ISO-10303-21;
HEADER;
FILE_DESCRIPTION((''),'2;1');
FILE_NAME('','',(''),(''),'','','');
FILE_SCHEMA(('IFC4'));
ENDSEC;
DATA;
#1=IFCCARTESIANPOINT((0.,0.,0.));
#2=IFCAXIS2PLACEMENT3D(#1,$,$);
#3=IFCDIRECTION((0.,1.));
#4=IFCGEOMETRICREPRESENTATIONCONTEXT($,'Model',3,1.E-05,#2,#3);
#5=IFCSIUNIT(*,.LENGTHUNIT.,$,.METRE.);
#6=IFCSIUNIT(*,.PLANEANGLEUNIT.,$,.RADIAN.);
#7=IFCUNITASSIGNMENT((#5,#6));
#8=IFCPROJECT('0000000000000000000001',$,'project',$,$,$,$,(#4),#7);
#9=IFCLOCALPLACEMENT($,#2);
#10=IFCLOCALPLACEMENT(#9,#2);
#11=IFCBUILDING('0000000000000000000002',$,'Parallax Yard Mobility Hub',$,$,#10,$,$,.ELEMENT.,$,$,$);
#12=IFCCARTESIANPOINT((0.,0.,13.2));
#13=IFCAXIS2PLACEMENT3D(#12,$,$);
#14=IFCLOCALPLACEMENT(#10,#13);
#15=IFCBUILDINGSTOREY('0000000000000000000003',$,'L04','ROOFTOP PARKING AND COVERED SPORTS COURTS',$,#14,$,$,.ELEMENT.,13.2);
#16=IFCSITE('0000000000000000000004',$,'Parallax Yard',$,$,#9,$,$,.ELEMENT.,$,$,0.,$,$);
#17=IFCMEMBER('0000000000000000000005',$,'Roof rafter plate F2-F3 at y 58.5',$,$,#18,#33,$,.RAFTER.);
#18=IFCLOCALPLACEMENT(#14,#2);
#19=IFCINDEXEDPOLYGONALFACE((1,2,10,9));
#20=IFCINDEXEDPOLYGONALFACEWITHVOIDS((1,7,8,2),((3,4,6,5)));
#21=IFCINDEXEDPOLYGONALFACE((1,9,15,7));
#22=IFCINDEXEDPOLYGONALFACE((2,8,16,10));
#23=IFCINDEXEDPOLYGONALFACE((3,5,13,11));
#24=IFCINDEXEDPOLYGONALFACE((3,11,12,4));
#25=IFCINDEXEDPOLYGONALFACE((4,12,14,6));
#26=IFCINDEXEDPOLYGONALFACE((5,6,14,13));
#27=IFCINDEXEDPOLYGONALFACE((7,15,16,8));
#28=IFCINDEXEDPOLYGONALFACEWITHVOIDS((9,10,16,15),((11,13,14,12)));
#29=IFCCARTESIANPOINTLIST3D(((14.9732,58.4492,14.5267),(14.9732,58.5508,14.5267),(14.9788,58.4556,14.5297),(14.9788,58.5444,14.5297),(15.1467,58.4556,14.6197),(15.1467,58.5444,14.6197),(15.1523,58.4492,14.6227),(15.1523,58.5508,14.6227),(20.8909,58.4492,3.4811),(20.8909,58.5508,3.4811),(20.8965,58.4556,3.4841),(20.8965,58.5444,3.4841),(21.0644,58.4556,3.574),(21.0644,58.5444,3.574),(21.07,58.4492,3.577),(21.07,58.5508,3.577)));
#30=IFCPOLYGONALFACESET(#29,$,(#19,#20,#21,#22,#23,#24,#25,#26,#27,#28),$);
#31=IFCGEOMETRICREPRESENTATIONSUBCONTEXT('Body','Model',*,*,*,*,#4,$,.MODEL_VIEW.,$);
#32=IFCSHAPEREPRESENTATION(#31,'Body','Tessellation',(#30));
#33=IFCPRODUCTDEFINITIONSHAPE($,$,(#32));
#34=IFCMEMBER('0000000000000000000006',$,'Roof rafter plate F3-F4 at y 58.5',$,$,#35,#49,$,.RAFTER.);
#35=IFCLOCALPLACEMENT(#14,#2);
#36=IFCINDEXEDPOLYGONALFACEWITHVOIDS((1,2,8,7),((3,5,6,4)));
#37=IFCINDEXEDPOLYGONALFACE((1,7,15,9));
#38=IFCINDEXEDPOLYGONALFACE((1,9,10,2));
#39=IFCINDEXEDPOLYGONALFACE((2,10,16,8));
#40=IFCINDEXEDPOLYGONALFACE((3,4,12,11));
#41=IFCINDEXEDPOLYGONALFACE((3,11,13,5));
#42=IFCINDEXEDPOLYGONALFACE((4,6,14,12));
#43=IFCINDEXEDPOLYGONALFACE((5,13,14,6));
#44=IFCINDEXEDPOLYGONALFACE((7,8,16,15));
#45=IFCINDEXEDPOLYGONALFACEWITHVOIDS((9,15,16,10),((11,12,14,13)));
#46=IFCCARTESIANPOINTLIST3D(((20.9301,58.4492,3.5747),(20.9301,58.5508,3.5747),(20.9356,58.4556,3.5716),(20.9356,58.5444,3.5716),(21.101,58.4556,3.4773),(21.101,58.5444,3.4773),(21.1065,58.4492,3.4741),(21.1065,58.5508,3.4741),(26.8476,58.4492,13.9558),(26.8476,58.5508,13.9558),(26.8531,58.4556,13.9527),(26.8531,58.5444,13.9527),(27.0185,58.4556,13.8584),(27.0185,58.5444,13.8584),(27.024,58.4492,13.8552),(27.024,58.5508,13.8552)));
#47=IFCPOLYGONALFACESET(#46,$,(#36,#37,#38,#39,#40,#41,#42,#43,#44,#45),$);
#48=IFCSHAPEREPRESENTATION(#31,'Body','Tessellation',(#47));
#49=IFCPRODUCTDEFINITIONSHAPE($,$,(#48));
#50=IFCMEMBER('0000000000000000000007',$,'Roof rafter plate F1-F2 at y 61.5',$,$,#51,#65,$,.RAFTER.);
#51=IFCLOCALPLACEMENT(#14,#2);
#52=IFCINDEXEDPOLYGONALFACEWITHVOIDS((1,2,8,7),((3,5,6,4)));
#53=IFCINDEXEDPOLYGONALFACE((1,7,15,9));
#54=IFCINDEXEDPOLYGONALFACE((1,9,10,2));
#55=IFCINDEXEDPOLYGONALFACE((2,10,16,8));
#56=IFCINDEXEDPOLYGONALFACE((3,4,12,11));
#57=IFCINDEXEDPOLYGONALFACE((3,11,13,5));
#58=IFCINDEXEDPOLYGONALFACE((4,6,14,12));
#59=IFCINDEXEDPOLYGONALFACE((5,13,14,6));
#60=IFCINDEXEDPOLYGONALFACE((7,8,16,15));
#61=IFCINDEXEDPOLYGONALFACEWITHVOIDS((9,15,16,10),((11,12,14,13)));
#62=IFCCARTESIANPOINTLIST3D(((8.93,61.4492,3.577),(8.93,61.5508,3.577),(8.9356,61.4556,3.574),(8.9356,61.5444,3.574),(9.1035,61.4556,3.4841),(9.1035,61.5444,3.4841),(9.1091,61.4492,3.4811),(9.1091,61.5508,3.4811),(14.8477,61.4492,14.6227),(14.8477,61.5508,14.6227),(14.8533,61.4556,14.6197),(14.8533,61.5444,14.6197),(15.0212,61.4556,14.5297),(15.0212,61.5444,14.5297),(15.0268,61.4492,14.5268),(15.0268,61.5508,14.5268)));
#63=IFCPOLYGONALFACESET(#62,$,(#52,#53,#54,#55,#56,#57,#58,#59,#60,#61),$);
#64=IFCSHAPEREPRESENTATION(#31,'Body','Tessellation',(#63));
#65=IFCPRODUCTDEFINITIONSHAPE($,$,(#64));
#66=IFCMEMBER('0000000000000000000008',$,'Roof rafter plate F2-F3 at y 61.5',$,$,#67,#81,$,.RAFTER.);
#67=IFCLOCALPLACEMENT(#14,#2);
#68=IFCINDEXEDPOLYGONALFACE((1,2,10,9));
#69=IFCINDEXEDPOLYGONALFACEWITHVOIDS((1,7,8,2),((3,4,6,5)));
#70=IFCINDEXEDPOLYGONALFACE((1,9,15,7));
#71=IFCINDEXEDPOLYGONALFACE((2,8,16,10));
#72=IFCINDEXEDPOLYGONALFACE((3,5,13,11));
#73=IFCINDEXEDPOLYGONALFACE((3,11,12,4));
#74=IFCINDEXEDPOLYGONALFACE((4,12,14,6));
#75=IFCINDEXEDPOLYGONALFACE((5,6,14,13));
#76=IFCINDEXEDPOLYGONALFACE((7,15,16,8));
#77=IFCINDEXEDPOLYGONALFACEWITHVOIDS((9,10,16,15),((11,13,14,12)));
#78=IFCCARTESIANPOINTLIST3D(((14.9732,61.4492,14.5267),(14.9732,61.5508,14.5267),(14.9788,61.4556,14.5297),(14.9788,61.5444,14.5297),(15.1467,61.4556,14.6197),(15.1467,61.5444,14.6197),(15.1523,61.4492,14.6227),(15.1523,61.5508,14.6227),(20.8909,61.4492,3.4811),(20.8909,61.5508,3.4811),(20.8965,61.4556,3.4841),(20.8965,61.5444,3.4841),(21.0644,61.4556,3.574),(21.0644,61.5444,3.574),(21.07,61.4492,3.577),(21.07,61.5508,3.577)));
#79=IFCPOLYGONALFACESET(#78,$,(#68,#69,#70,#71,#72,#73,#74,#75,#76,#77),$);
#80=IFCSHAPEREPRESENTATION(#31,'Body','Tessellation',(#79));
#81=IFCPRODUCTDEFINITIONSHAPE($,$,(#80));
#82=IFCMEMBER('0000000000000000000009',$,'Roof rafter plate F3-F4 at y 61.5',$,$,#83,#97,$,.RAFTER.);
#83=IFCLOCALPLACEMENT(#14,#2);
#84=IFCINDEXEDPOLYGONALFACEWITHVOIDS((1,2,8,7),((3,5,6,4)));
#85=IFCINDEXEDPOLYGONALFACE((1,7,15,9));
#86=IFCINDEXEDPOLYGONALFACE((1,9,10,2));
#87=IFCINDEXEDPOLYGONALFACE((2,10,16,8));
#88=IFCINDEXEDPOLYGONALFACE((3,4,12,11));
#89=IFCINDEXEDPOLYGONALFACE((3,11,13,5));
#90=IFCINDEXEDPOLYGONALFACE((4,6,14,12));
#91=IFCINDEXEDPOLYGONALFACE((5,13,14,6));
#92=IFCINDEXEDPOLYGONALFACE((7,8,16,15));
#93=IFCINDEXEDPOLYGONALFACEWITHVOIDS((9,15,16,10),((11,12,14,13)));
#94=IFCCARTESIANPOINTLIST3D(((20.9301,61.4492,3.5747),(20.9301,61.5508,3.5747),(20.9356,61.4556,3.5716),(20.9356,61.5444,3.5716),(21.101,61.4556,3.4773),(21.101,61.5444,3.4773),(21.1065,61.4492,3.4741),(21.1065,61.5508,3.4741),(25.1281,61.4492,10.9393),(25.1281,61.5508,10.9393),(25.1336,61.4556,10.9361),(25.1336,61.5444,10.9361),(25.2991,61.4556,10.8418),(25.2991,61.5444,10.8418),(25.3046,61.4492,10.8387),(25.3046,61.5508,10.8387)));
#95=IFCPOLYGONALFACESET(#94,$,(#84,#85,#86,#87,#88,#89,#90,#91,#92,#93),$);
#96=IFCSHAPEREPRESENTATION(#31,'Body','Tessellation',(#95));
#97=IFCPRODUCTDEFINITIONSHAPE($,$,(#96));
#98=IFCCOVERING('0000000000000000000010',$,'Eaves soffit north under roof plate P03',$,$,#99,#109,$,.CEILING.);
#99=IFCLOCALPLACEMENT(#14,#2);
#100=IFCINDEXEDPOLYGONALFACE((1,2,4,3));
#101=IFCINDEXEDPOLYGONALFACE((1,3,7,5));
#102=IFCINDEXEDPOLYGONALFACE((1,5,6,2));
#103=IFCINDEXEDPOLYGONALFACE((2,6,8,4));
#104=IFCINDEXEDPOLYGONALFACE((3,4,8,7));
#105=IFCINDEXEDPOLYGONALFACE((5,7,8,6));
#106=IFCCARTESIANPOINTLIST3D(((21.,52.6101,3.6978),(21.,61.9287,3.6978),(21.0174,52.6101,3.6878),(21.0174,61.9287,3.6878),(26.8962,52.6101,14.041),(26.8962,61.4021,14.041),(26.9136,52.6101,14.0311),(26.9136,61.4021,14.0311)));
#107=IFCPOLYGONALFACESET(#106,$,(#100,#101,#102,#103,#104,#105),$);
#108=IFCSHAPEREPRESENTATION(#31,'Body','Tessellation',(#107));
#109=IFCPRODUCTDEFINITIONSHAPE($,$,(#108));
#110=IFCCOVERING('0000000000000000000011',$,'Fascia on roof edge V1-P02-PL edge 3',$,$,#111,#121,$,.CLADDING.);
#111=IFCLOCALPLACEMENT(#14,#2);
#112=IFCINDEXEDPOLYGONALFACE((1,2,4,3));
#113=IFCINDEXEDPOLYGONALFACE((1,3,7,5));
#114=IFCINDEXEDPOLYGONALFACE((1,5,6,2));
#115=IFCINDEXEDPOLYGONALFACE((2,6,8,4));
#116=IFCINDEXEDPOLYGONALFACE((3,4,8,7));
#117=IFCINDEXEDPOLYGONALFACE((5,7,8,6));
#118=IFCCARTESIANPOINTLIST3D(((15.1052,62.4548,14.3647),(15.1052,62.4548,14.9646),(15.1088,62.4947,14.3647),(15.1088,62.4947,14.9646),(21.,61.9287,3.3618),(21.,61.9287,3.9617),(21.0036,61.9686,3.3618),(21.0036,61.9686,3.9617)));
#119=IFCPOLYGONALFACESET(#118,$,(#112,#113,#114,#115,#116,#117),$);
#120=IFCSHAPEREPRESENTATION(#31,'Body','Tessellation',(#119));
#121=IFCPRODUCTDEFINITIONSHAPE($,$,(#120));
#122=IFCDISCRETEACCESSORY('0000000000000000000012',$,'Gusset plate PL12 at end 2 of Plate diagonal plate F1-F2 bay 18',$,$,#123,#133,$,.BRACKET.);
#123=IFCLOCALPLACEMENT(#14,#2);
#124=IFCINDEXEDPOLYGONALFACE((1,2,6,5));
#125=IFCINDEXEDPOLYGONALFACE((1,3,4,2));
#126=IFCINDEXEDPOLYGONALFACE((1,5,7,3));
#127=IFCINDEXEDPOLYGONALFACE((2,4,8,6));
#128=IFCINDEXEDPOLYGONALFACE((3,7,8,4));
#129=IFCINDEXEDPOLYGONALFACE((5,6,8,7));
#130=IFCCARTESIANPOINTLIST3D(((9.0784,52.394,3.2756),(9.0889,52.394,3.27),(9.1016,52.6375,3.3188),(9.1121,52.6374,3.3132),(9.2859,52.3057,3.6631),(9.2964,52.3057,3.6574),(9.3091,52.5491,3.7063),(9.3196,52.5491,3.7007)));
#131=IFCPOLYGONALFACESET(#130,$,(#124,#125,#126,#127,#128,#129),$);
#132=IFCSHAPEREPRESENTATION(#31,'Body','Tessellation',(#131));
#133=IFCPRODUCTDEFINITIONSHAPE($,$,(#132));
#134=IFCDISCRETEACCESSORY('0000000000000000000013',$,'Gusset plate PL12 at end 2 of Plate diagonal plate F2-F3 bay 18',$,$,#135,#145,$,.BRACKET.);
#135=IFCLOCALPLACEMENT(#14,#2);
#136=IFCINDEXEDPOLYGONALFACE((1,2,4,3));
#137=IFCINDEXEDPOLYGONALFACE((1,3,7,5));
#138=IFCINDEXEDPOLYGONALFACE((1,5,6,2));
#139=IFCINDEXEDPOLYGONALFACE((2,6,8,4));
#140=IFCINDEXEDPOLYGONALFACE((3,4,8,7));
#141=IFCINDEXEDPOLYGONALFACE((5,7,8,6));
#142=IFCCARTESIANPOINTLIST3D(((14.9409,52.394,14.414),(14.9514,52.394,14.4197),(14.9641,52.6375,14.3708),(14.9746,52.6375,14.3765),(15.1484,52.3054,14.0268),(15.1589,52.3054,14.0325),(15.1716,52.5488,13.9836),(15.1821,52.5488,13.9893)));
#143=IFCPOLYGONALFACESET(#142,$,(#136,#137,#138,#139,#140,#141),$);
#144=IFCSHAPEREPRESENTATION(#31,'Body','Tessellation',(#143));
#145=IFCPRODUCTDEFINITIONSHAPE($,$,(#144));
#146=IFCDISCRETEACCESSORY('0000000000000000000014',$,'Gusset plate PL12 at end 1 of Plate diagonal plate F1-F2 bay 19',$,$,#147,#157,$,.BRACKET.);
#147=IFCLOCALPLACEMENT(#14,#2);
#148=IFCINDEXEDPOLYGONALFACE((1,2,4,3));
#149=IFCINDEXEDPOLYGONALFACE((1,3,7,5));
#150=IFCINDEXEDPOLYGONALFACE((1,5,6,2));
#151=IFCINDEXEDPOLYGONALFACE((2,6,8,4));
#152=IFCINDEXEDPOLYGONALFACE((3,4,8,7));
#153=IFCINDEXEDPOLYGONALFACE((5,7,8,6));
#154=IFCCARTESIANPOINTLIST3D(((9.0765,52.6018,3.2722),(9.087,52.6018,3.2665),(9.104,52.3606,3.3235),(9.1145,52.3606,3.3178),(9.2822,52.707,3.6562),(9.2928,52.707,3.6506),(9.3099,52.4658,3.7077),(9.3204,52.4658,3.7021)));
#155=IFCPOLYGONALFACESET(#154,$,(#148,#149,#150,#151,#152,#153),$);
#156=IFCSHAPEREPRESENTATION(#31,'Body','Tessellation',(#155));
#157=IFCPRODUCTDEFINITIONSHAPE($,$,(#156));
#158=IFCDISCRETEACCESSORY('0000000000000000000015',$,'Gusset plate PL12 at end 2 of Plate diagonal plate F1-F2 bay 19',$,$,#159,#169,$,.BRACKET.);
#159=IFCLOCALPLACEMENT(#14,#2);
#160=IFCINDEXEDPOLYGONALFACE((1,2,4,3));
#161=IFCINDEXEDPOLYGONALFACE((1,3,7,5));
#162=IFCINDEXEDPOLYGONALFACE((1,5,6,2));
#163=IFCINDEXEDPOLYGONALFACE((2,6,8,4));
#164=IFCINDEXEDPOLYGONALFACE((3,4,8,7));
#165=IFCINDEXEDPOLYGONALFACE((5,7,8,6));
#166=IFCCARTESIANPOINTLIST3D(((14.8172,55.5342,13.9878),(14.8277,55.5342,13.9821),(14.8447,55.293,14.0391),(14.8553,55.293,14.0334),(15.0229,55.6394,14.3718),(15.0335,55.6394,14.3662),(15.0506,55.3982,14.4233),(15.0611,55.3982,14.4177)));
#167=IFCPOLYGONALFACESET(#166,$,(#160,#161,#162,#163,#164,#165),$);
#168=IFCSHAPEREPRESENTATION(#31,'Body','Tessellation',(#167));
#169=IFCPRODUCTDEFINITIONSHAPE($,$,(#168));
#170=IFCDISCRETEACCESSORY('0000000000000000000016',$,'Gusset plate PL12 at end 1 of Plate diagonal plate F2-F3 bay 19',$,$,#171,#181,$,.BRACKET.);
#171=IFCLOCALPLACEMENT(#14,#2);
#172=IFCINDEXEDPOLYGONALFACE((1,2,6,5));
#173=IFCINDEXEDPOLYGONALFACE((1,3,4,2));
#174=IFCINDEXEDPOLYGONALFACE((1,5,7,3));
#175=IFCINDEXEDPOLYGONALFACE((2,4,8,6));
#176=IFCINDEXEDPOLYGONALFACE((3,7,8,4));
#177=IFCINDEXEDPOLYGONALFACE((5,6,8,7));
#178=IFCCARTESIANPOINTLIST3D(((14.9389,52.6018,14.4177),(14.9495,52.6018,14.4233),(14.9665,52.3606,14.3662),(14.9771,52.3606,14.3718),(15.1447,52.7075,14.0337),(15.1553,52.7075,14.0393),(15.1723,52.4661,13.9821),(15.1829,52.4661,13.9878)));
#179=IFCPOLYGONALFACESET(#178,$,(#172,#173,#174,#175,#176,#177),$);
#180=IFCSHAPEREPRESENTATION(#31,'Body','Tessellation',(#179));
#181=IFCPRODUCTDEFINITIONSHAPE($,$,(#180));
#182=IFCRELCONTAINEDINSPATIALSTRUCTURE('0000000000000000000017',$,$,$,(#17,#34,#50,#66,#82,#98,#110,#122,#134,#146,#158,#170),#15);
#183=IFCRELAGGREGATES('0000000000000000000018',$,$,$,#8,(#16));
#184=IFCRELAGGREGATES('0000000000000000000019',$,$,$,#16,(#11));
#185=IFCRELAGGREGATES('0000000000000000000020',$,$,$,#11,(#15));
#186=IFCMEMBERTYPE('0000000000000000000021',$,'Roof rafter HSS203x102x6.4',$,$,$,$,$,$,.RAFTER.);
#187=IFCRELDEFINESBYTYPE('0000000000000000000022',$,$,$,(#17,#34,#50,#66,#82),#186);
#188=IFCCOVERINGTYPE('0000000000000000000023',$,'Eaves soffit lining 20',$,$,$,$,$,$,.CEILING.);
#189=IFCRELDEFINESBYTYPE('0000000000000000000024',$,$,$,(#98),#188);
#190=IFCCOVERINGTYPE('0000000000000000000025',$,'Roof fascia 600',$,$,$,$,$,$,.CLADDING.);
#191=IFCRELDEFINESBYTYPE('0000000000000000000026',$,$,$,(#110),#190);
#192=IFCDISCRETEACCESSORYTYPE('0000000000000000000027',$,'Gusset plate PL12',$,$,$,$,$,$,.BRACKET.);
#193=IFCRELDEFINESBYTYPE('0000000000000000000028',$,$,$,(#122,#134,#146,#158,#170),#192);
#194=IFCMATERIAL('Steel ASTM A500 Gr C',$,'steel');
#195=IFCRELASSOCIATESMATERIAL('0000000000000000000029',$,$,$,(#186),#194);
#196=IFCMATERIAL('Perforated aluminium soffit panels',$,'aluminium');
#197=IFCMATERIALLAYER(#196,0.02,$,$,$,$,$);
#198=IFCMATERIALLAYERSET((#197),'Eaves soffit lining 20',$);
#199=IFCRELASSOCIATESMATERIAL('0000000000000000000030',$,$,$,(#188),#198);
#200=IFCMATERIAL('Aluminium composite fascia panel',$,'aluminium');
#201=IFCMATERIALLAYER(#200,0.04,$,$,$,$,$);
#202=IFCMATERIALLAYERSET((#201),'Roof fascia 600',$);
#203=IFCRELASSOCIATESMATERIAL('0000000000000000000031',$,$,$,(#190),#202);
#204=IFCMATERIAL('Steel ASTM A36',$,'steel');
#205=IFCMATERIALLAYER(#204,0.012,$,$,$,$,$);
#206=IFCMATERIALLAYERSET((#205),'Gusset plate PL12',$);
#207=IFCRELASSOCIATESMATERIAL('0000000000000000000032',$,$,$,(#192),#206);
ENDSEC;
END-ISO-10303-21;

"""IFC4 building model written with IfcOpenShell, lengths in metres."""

from ifc_helpers import new_model, si_unit, direction, frame, origin, origin_2d, place, context, subcontext, project, spatial, polyline, hollow_rectangle, outline, extrude, material, layer, layer_set, material_profile, profile_set, type_object, element, save


model = new_model("IFC4")

# Units and contexts
model_context = context("Model", 3, precision=1e-05, world=origin(), true_north=direction((0.0, 1.0)))
body_context = subcontext(model_context, "Body", "Model", "MODEL_VIEW")
ifc_project = project(units=[si_unit("LENGTHUNIT", "METRE"), si_unit("PLANEANGLEUNIT", "RADIAN")], contexts=[model_context])

# Site, building, storey
site_placement = place(None, origin())
site = spatial("IfcSite", under=ifc_project, at=site_placement, Name="Parallax Yard", CompositionType="ELEMENT", RefElevation=0.0)
building_placement = place(site_placement, origin())
building = spatial("IfcBuilding", under=site, at=building_placement, Name="Parallax Yard Mobility Hub", CompositionType="ELEMENT")
storey_placement = place(building_placement, frame((0.0, 0.0, 13.2)))
storey = spatial("IfcBuildingStorey", under=building, at=storey_placement, Name="L04", Description="ROOFTOP PARKING AND COVERED SPORTS COURTS", CompositionType="ELEMENT", Elevation=13.2)

# Shared definitions
ifc_material_1 = material(Name="Steel ASTM A500 Gr C", Category="steel")

# Members
ifc_material_profile_1 = material_profile(ifc_material_1, hollow_rectangle(XDim=0.1016, YDim=0.2031, WallThickness=0.0063, at=origin_2d()), Name="HSS203x102x6.4")
ifc_profile_set_1 = profile_set([ifc_material_profile_1], Name="Steel ASTM A500 Gr C")
member_type_1 = type_object("IfcMemberType", Name="Roof rafter HSS203x102x6.4", PredefinedType="RAFTER", material=ifc_profile_set_1)
for number, where, z_axis, x_axis, name in (
    (1, (15.0627, 58.5, 14.5747), (0.472247, 0.0, -0.881466), (0.0, 1.0, 0.0), "Roof rafter plate F2-F3 at y 58.5"),
):
    element("IfcMember", number, at=place(storey_placement, frame(where, z_axis=z_axis, x_axis=x_axis)), inside=storey, type_object=member_type_1, Name=name, PredefinedType="RAFTER", context=body_context, shape_type="SweptSolid", body=[
        extrude(hollow_rectangle(XDim=0.1016, YDim=0.2031, WallThickness=0.0063, at=origin_2d()), origin(), (0.0, 0.0, 1.0), 12.531),
    ])
member_1_placement = place(storey_placement, frame((21.0183, 58.5, 3.5244), z_axis=(0.495219, 0.0, 0.868768), x_axis=(0.0, 1.0, 0.0)))
element("IfcMember", 2, at=member_1_placement, inside=storey, type_object=member_type_1, Name="Roof rafter plate F3-F4 at y 58.5", PredefinedType="RAFTER", context=body_context, shape_type="SweptSolid", body=[
    extrude(hollow_rectangle(XDim=0.1016, YDim=0.2031, WallThickness=0.0063, at=origin_2d()), origin(), (0.0, 0.0, 1.0), 11.9492),
])
for number, where, z_axis, x_axis, name in (
    (3, (9.0195, 61.5, 3.5291), (0.472247, 0.0, 0.881466), (0.0, 1.0, 0.0), "Roof rafter plate F1-F2 at y 61.5"),
    (4, (15.0627, 61.5, 14.5747), (0.472247, 0.0, -0.881466), (0.0, 1.0, 0.0), "Roof rafter plate F2-F3 at y 61.5"),
):
    element("IfcMember", number, at=place(storey_placement, frame(where, z_axis=z_axis, x_axis=x_axis)), inside=storey, type_object=member_type_1, Name=name, PredefinedType="RAFTER", context=body_context, shape_type="SweptSolid", body=[
        extrude(hollow_rectangle(XDim=0.1016, YDim=0.2031, WallThickness=0.0063, at=origin_2d()), origin(), (0.0, 0.0, 1.0), 12.531),
    ])
member_2_placement = place(storey_placement, frame((21.0183, 61.5, 3.5244), z_axis=(0.495224, 0.0, 0.868765), x_axis=(0.0, 1.0, 0.0)))
element("IfcMember", 5, at=member_2_placement, inside=storey, type_object=member_type_1, Name="Roof rafter plate F3-F4 at y 61.5", PredefinedType="RAFTER", context=body_context, shape_type="SweptSolid", body=[
    extrude(hollow_rectangle(XDim=0.1016, YDim=0.2031, WallThickness=0.0063, at=origin_2d()), origin(), (0.0, 0.0, 1.0), 8.4771),
])

# Coverings
ifc_material_2 = material(Name="Perforated aluminium soffit panels", Category="aluminium")
ifc_layer_1 = layer(ifc_material_2, 0.02)
ifc_layer_set_1 = layer_set([ifc_layer_1], Name="Eaves soffit lining 20")
covering_type_1 = type_object("IfcCoveringType", Name="Eaves soffit lining 20", PredefinedType="CEILING", material=ifc_layer_set_1)
covering_1_placement = place(storey_placement, frame((21.0, 61.9287, 3.6978), z_axis=(-0.868756, 0.0, 0.49524), x_axis=(0.494756, -0.044188, 0.867908)))
element("IfcCovering", 6, at=covering_1_placement, inside=storey, type_object=covering_type_1, Name="Eaves soffit north under roof plate P03", PredefinedType="CEILING", context=body_context, shape_type="SweptSolid", body=[
    extrude(outline(polyline([(0.0, 0.0), (11.9175, 0.0), (12.306, -8.7834), (0.4118, -9.3095), (0.0, 0.0)])), origin(), (0.0, 0.0, -1.0), 0.02),
])
ifc_material_3 = material(Name="Aluminium composite fascia panel", Category="aluminium")
ifc_layer_2 = layer(ifc_material_3, 0.04)
ifc_layer_set_2 = layer_set([ifc_layer_2], Name="Roof fascia 600")
covering_type_2 = type_object("IfcCoveringType", Name="Roof fascia 600", PredefinedType="CLADDING", material=ifc_layer_set_2)
covering_2_placement = place(storey_placement, frame((21.0, 61.9287, 3.9617), z_axis=(-0.088899, -0.996041, 0.0), x_axis=(-0.471824, 0.042111, 0.880686)))
element("IfcCovering", 7, at=covering_2_placement, inside=storey, type_object=covering_type_2, Name="Fascia on roof edge V1-P02-PL edge 3", PredefinedType="CLADDING", context=body_context, shape_type="SweptSolid", body=[
    extrude(outline(polyline([(0.0, 0.0), (12.4936, 0.0), (11.9653, 0.2842), (-0.5283, 0.2842), (0.0, 0.0)])), origin(), (0.0, 0.0, -1.0), 0.04),
])

# Discrete accessories
ifc_material_4 = material(Name="Steel ASTM A36", Category="steel")
ifc_layer_3 = layer(ifc_material_4, 0.012)
ifc_layer_set_3 = layer_set([ifc_layer_3], Name="Gusset plate PL12")
discrete_accessory_type = type_object("IfcDiscreteAccessoryType", Name="Gusset plate PL12", PredefinedType="BRACKET", material=ifc_layer_set_3)
discrete_accessory_1_placement = place(storey_placement, frame((9.3091, 52.5491, 3.7063), z_axis=(-0.881505, 0.000169, 0.472174), x_axis=(-0.462879, 0.197132, -0.864223)))
element("IfcDiscreteAccessory", 8, at=discrete_accessory_1_placement, inside=storey, type_object=discrete_accessory_type, Name="Gusset plate PL12 at end 2 of Plate diagonal plate F1-F2 bay 18", PredefinedType="BRACKET", context=body_context, shape_type="SweptSolid", body=[
    extrude(outline(polyline([(0.0, 0.0), (0.4483, 0.0), (0.4484, 0.2483), (0.0001, 0.2483), (0.0, 0.0)])), origin(), (0.0, 0.0, -1.0), 0.012),
])
discrete_accessory_2_placement = place(storey_placement, frame((15.1821, 52.5488, 13.9893), z_axis=(0.881386, -0.000118, 0.472397), x_axis=(-0.463048, 0.197749, 0.863992)))
element("IfcDiscreteAccessory", 9, at=discrete_accessory_2_placement, inside=storey, type_object=discrete_accessory_type, Name="Gusset plate PL12 at end 2 of Plate diagonal plate F2-F3 bay 18", PredefinedType="BRACKET", context=body_context, shape_type="SweptSolid", body=[
    extrude(outline(polyline([(0.0, 0.0), (0.4482, 0.0), (0.4481, 0.2483), (-0.0001, 0.2483), (0.0, 0.0)])), origin(), (0.0, 0.0, -1.0), 0.012),
])
discrete_accessory_3_placement = place(storey_placement, frame((9.2822, 52.707, 3.6562), z_axis=(-0.881446, -0.00019, 0.472285), x_axis=(-0.459048, -0.234755, -0.856835)))
element("IfcDiscreteAccessory", 10, at=discrete_accessory_3_placement, inside=storey, type_object=discrete_accessory_type, Name="Gusset plate PL12 at end 1 of Plate diagonal plate F1-F2 bay 19", PredefinedType="BRACKET", context=body_context, shape_type="SweptSolid", body=[
    extrude(outline(polyline([(0.0, 0.0), (0.4482, 0.0), (0.4483, 0.2481), (-0.0002, 0.2482), (0.0, 0.0)])), origin(), (0.0, 0.0, -1.0), 0.012),
])
discrete_accessory_4_placement = place(storey_placement, frame((14.8447, 55.293, 14.0391), z_axis=(-0.881446, -0.00019, 0.472285), x_axis=(0.45906, 0.234645, 0.856858)))
element("IfcDiscreteAccessory", 11, at=discrete_accessory_4_placement, inside=storey, type_object=discrete_accessory_type, Name="Gusset plate PL12 at end 2 of Plate diagonal plate F1-F2 bay 19", PredefinedType="BRACKET", context=body_context, shape_type="SweptSolid", body=[
    extrude(outline(polyline([(0.0, 0.0), (0.4484, 0.0), (0.4482, 0.2482), (0.0, 0.2481), (0.0, 0.0)])), origin(), (0.0, 0.0, -1.0), 0.012),
])
for number, where, z_axis, x_axis, name in (
    (12, (15.1553, 52.7075, 14.0393), (0.881413, -0.000066, 0.472347), (-0.459043, -0.235784, 0.856554), "Gusset plate PL12 at end 1 of Plate diagonal plate F2-F3 bay 19"),
):
    element("IfcDiscreteAccessory", number, at=place(storey_placement, frame(where, z_axis=z_axis, x_axis=x_axis)), inside=storey, type_object=discrete_accessory_type, Name=name, PredefinedType="BRACKET", context=body_context, shape_type="SweptSolid", body=[
        extrude(outline(polyline([(0.0, 0.0), (0.4483, 0.0), (0.4484, 0.2482), (0.0001, 0.2484), (0.0, 0.0)])), origin(), (0.0, 0.0, -1.0), 0.012),
    ])

save(model, "model.ifc")
